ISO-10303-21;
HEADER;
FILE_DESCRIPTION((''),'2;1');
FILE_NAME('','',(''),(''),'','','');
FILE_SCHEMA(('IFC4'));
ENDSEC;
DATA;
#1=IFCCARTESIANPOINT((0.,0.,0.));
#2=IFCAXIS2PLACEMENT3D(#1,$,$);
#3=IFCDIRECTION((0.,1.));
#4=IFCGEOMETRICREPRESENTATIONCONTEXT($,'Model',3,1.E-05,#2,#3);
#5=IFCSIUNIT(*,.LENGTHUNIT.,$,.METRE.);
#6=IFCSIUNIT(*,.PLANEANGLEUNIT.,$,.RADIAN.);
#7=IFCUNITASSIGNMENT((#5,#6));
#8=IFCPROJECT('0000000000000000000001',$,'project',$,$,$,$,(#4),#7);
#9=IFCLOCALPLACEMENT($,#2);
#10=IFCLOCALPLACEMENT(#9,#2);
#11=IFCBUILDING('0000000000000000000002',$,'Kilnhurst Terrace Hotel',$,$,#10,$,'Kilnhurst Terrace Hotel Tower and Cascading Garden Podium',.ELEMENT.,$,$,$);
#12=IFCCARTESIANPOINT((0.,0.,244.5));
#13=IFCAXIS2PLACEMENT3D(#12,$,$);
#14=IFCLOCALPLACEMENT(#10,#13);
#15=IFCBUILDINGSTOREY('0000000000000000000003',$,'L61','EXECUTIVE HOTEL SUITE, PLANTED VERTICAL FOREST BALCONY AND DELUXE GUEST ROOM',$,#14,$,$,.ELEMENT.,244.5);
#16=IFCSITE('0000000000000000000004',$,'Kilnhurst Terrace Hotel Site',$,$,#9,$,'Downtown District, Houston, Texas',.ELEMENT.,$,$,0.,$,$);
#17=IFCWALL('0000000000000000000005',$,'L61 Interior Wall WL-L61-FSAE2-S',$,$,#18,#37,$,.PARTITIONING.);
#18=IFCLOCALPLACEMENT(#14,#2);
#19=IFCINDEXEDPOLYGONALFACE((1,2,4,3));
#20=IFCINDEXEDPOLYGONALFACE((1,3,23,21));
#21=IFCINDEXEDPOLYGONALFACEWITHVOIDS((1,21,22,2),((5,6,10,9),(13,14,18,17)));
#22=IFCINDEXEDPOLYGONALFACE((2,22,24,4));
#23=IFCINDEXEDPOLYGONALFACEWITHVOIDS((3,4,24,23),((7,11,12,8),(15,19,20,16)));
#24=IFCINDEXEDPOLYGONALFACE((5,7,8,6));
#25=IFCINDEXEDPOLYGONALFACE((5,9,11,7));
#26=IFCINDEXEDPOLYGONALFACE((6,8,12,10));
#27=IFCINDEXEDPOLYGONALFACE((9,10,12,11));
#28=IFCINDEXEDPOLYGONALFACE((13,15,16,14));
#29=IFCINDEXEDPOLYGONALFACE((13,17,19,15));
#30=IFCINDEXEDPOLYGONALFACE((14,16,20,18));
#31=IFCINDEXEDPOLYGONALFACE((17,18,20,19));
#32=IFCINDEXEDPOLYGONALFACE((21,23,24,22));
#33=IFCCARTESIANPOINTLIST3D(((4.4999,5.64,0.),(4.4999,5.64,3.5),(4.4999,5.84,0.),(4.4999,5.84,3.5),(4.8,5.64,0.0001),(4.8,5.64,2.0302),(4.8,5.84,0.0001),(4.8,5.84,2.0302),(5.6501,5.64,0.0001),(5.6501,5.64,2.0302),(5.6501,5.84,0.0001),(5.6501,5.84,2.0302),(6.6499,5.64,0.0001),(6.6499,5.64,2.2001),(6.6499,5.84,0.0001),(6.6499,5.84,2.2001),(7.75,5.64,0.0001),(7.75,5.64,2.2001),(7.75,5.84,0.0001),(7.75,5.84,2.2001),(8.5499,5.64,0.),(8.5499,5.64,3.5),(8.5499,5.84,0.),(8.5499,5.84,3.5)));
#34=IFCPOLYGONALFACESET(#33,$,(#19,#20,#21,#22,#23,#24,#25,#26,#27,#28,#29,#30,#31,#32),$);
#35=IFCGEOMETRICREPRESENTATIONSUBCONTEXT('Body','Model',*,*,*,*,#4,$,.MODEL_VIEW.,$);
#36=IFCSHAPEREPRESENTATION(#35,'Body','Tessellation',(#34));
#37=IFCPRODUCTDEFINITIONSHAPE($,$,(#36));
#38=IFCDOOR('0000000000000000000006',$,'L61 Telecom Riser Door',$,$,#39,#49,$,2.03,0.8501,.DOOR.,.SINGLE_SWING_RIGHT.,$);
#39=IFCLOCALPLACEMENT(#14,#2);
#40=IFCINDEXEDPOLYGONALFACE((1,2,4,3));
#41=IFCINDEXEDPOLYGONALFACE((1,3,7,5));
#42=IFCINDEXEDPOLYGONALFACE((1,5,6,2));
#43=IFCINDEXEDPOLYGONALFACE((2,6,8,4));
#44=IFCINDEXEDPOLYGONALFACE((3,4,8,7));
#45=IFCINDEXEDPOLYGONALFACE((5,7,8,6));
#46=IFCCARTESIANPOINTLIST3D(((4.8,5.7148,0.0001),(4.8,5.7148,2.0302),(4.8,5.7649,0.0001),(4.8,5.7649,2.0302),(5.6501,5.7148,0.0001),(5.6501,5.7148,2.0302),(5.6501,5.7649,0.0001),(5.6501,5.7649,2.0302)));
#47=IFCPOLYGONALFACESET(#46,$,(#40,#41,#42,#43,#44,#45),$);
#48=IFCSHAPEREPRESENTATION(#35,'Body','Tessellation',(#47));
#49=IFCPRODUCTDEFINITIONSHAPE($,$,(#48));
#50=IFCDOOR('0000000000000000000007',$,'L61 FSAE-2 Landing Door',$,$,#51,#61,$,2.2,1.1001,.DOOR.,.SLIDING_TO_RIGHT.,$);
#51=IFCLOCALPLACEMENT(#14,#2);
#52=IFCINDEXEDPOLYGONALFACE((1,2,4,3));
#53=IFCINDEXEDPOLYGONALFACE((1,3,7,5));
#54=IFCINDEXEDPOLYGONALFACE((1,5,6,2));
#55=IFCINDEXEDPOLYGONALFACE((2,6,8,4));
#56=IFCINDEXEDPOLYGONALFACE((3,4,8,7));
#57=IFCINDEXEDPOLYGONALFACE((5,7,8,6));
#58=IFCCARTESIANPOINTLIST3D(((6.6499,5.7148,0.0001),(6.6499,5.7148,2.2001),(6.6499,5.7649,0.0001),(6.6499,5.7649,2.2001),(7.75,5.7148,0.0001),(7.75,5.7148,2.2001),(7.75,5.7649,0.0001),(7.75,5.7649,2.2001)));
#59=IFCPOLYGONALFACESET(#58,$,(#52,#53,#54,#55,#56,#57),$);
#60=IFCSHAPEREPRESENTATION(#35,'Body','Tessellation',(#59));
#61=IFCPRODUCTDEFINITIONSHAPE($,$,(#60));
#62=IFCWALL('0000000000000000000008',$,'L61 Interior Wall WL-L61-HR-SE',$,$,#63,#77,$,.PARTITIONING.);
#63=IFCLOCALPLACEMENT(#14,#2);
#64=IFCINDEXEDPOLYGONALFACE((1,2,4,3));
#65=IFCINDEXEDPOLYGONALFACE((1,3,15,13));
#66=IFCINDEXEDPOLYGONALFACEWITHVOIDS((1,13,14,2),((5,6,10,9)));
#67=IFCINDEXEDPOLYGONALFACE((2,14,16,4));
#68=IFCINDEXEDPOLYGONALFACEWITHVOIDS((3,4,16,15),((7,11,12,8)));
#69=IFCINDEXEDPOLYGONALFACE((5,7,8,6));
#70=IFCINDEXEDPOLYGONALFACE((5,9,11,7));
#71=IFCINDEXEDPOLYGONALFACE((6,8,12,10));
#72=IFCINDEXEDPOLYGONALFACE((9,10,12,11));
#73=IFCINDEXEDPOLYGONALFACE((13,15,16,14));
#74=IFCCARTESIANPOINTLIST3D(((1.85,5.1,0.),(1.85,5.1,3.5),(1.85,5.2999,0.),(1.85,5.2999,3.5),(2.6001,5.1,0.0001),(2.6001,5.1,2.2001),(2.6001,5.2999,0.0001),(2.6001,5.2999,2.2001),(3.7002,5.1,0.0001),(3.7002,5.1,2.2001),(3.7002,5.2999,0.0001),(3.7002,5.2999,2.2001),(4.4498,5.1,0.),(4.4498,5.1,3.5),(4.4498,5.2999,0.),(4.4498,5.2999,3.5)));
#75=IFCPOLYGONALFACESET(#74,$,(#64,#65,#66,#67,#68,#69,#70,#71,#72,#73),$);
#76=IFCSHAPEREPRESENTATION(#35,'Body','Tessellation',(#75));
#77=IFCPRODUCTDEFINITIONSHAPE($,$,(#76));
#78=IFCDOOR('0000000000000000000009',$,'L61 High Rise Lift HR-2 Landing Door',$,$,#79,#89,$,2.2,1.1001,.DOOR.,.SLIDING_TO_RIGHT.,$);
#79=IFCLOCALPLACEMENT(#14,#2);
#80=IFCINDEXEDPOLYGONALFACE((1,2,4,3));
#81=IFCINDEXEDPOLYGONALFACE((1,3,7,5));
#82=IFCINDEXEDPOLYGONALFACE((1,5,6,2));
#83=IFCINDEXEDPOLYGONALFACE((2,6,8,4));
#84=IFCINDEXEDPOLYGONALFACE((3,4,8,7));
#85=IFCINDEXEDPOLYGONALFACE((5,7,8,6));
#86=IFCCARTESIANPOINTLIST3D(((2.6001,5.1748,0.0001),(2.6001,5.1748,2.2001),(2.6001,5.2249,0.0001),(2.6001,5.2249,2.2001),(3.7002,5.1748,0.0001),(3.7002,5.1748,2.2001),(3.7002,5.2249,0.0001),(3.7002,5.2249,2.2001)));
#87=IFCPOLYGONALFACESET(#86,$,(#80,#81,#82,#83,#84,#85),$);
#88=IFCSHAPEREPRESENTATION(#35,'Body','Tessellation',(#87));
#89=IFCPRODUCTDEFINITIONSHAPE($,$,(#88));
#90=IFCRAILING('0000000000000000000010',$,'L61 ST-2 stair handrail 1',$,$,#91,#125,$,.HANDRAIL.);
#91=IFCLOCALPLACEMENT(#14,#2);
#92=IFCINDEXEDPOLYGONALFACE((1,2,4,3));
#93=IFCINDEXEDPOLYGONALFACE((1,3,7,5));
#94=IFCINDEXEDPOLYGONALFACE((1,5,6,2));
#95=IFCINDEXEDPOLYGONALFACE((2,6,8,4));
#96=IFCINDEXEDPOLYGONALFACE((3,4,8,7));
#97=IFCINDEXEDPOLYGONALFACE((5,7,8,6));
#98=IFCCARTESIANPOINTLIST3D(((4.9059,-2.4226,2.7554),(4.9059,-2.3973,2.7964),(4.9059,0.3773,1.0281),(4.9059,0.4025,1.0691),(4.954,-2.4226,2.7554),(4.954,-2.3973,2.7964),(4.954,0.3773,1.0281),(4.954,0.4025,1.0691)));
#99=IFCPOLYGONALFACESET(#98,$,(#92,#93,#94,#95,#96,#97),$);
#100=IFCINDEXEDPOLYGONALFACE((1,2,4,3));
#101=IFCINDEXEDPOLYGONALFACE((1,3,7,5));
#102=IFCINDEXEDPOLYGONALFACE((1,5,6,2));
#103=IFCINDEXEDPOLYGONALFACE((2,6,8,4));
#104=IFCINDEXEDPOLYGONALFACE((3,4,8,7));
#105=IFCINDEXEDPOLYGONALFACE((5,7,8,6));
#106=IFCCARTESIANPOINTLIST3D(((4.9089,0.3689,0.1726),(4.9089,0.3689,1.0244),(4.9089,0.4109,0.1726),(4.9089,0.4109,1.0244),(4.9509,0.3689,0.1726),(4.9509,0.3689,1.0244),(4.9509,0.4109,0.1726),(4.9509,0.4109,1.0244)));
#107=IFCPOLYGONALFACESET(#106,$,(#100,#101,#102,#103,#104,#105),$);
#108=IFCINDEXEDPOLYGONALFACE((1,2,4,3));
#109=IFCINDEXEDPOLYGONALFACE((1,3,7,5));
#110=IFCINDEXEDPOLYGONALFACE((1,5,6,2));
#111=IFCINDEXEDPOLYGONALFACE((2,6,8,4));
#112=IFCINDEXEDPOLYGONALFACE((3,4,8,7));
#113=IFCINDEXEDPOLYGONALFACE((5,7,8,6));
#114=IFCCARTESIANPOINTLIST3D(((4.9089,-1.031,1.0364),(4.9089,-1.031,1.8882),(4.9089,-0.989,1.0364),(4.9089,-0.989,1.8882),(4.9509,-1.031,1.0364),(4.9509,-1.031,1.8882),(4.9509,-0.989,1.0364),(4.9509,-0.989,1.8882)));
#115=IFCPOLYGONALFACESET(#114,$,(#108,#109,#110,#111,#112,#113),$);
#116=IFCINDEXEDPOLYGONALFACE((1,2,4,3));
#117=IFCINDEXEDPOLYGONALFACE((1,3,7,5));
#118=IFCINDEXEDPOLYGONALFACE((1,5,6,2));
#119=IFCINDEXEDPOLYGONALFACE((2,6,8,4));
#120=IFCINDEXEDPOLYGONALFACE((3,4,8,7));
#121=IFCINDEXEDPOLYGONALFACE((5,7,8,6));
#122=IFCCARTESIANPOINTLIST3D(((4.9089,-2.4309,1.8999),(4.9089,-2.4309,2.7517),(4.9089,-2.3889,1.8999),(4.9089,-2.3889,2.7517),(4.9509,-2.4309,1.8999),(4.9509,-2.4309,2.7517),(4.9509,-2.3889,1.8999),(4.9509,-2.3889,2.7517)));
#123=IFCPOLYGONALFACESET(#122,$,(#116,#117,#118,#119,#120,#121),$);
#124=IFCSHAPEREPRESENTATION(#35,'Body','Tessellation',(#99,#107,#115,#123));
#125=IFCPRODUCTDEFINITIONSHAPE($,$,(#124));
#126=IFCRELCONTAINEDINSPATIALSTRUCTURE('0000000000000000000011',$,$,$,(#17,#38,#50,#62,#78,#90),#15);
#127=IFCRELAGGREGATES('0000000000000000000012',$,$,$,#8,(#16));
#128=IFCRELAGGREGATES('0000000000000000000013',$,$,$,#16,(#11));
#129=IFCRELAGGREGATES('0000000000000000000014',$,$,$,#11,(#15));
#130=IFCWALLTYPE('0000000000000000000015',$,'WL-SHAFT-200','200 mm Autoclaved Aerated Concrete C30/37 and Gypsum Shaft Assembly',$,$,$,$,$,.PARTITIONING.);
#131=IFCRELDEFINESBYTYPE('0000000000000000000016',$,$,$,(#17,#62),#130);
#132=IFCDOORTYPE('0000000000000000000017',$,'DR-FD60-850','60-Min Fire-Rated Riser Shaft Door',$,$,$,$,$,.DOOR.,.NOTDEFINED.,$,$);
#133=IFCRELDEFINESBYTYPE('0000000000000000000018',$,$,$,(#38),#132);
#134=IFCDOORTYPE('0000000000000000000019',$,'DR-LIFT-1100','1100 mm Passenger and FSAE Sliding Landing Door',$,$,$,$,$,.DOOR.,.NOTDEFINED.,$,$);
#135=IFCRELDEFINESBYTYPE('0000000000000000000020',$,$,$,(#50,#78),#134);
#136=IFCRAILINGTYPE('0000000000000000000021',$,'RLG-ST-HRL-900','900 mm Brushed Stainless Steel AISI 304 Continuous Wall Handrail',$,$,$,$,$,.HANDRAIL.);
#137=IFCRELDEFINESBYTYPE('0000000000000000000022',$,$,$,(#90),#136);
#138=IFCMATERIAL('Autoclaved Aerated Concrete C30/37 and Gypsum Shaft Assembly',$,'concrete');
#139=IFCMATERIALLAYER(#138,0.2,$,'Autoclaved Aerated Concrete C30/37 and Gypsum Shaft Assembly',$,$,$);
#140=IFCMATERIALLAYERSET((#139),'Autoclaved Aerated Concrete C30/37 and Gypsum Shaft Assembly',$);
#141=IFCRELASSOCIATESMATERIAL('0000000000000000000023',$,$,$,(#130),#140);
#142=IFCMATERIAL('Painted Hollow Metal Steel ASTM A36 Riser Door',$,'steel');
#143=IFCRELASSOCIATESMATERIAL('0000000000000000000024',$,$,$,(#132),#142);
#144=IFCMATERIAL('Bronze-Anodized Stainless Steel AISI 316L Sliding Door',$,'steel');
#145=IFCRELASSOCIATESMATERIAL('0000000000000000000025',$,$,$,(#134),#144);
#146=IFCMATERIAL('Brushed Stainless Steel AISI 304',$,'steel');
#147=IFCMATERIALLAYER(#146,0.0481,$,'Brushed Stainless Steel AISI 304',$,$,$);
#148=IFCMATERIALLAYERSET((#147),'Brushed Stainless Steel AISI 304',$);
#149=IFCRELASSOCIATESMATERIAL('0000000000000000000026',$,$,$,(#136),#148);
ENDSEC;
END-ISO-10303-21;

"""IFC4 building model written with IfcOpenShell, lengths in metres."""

from ifc_helpers import new_model, si_unit, direction, frame, frame_2d, origin, origin_2d, place, context, subcontext, project, spatial, rectangle, extrude, material, layer, layer_set, type_object, element, fill, save


model = new_model("IFC4")

# Units and contexts
model_context = context("Model", 3, precision=1e-05, world=origin(), true_north=direction((0.0, 1.0)))
body_context = subcontext(model_context, "Body", "Model", "MODEL_VIEW")
ifc_project = project(units=[si_unit("LENGTHUNIT", "METRE"), si_unit("PLANEANGLEUNIT", "RADIAN")], contexts=[model_context])

# Site, building, storey
site_placement = place(None, origin())
site = spatial("IfcSite", under=ifc_project, at=site_placement, Name="Kilnhurst Terrace Hotel Site", LongName="Downtown District, Houston, Texas", CompositionType="ELEMENT", RefElevation=0.0)
building_placement = place(site_placement, origin())
building = spatial("IfcBuilding", under=site, at=building_placement, Name="Kilnhurst Terrace Hotel", LongName="Kilnhurst Terrace Hotel Tower and Cascading Garden Podium", CompositionType="ELEMENT")
storey_placement = place(building_placement, frame((0.0, 0.0, 244.5)))
storey = spatial("IfcBuildingStorey", under=building, at=storey_placement, Name="L61", Description="EXECUTIVE HOTEL SUITE, PLANTED VERTICAL FOREST BALCONY AND DELUXE GUEST ROOM", CompositionType="ELEMENT", Elevation=244.5)

# Wall, openings, doors
ifc_material_1 = material(Name="Autoclaved Aerated Concrete C30/37 and Gypsum Shaft Assembly", Category="concrete")
ifc_layer_1 = layer(ifc_material_1, 0.2, Name="Autoclaved Aerated Concrete C30/37 and Gypsum Shaft Assembly")
ifc_layer_set_1 = layer_set([ifc_layer_1], Name="Autoclaved Aerated Concrete C30/37 and Gypsum Shaft Assembly")
wall_type_1 = type_object("IfcWallType", Name="WL-SHAFT-200", Description="200 mm Autoclaved Aerated Concrete C30/37 and Gypsum Shaft Assembly", PredefinedType="PARTITIONING", material=ifc_layer_set_1)
wall_1_placement = place(storey_placement, frame((4.5, 5.74, 0.0), z_axis=(0.0, 0.0, 1.0), x_axis=(1.0, 0.0, 0.0)))
wall_1 = element("IfcWall", 1, at=wall_1_placement, inside=storey, type_object=wall_type_1, Name="L61 Interior Wall WL-L61-FSAE2-S", PredefinedType="PARTITIONING", context=body_context, shape_type="SweptSolid", body=[
    extrude(rectangle(XDim=4.05, YDim=0.2, at=frame_2d((2.0249, 0.0))), origin(), (0.0, 0.0, 1.0), 3.5),
])
opening_1_placement = place(wall_1_placement, frame((0.3, 0.0, 0.0)))
opening_1 = element("IfcOpeningElement", 2, at=opening_1_placement, cuts=wall_1, PredefinedType="OPENING", context=body_context, shape_type="SweptSolid", body=[
    extrude(rectangle(XDim=0.8501, YDim=2.03, at=frame_2d((0.425, 1.0151))), frame((0.0, 0.1099, 0.0), z_axis=(0.0, -1.0, 0.0), x_axis=(1.0, 0.0, 0.0)), (0.0, 0.0, 1.0), 0.22),
])
opening_2_placement = place(wall_1_placement, frame((2.1499, 0.0, 0.0)))
opening_2 = element("IfcOpeningElement", 3, at=opening_2_placement, cuts=wall_1, PredefinedType="OPENING", context=body_context, shape_type="SweptSolid", body=[
    extrude(rectangle(XDim=1.1001, YDim=2.2, at=frame_2d((0.55, 1.1001))), frame((0.0, 0.1099, 0.0), z_axis=(0.0, -1.0, 0.0), x_axis=(1.0, 0.0, 0.0)), (0.0, 0.0, 1.0), 0.22),
])
ifc_material_2 = material(Name="Painted Hollow Metal Steel ASTM A36 Riser Door", Category="steel")
door_type_1 = type_object("IfcDoorType", Name="DR-FD60-850", Description="60-Min Fire-Rated Riser Shaft Door", OperationType="NOTDEFINED", PredefinedType="DOOR", material=ifc_material_2)
door_1_placement = place(opening_1_placement, origin())
door_1 = element("IfcDoor", 4, at=door_1_placement, inside=storey, type_object=door_type_1, Name="L61 Telecom Riser Door", OperationType="SINGLE_SWING_RIGHT", OverallHeight=2.03, OverallWidth=0.8501, PredefinedType="DOOR", context=body_context, shape_type="SweptSolid", body=[
    extrude(rectangle(XDim=0.8501, YDim=2.03, at=frame_2d((0.425, 1.0151))), frame((0.0, 0.0249, 0.0), z_axis=(0.0, -1.0, 0.0), x_axis=(1.0, 0.0, 0.0)), (0.0, 0.0, 1.0), 0.05),
])
fill(opening_1, door_1)
ifc_material_3 = material(Name="Bronze-Anodized Stainless Steel AISI 316L Sliding Door", Category="steel")
door_type_2 = type_object("IfcDoorType", Name="DR-LIFT-1100", Description="1100 mm Passenger and FSAE Sliding Landing Door", OperationType="NOTDEFINED", PredefinedType="DOOR", material=ifc_material_3)
door_2_placement = place(opening_2_placement, origin())
door_2 = element("IfcDoor", 5, at=door_2_placement, inside=storey, type_object=door_type_2, Name="L61 FSAE-2 Landing Door", OperationType="SLIDING_TO_RIGHT", OverallHeight=2.2, OverallWidth=1.1001, PredefinedType="DOOR", context=body_context, shape_type="SweptSolid", body=[
    extrude(rectangle(XDim=1.1001, YDim=2.2, at=frame_2d((0.55, 1.1001))), frame((0.0, 0.0249, 0.0), z_axis=(0.0, -1.0, 0.0), x_axis=(1.0, 0.0, 0.0)), (0.0, 0.0, 1.0), 0.05),
])
fill(opening_2, door_2)

# Wall, opening, door
wall_2_placement = place(storey_placement, frame((1.8501, 5.2, 0.0), z_axis=(0.0, 0.0, 1.0), x_axis=(1.0, 0.0, 0.0)))
wall_2 = element("IfcWall", 6, at=wall_2_placement, inside=storey, type_object=wall_type_1, Name="L61 Interior Wall WL-L61-HR-SE", PredefinedType="PARTITIONING", context=body_context, shape_type="SweptSolid", body=[
    extrude(rectangle(XDim=2.5999, YDim=0.2, at=frame_2d((1.2998, 0.0))), origin(), (0.0, 0.0, 1.0), 3.5),
])
opening_3_placement = place(wall_2_placement, frame((0.75, 0.0, 0.0)))
opening_3 = element("IfcOpeningElement", 7, at=opening_3_placement, cuts=wall_2, PredefinedType="OPENING", context=body_context, shape_type="SweptSolid", body=[
    extrude(rectangle(XDim=1.1001, YDim=2.2, at=frame_2d((0.55, 1.1001))), frame((0.0, 0.1099, 0.0), z_axis=(0.0, -1.0, 0.0), x_axis=(1.0, 0.0, 0.0)), (0.0, 0.0, 1.0), 0.22),
])
door_3_placement = place(opening_3_placement, origin())
door_3 = element("IfcDoor", 8, at=door_3_placement, inside=storey, type_object=door_type_2, Name="L61 High Rise Lift HR-2 Landing Door", OperationType="SLIDING_TO_RIGHT", OverallHeight=2.2, OverallWidth=1.1001, PredefinedType="DOOR", context=body_context, shape_type="SweptSolid", body=[
    extrude(rectangle(XDim=1.1001, YDim=2.2, at=frame_2d((0.55, 1.1001))), frame((0.0, 0.0249, 0.0), z_axis=(0.0, -1.0, 0.0), x_axis=(1.0, 0.0, 0.0)), (0.0, 0.0, 1.0), 0.05),
])
fill(opening_3, door_3)

# Railing
ifc_material_4 = material(Name="Brushed Stainless Steel AISI 304", Category="steel")
ifc_layer_2 = layer(ifc_material_4, 0.0481, Name="Brushed Stainless Steel AISI 304")
ifc_layer_set_2 = layer_set([ifc_layer_2], Name="Brushed Stainless Steel AISI 304")
railing_type = type_object("IfcRailingType", Name="RLG-ST-HRL-900", Description="900 mm Brushed Stainless Steel AISI 304 Continuous Wall Handrail", PredefinedType="HANDRAIL", material=ifc_layer_set_2)
railing_placement = place(storey_placement, frame((4.9299, 0.3899, 0.1726)))
element("IfcRailing", 9, at=railing_placement, inside=storey, type_object=railing_type, Name="L61 ST-2 stair handrail 1", PredefinedType="HANDRAIL", context=body_context, shape_type="SweptSolid", body=[
    extrude(rectangle(XDim=0.0481, YDim=0.0481, at=origin_2d()), frame((0.0, 0.0, 0.876), z_axis=(0.0, -0.851069, 0.525054), x_axis=(1.0, 0.0, 0.0)), (0.0, 0.0, 1.0), 3.2898),
    extrude(rectangle(XDim=0.042, YDim=0.042, at=origin_2d()), origin(), (0.0, 0.0, 1.0), 0.8518),
    extrude(rectangle(XDim=0.042, YDim=0.042, at=origin_2d()), frame((0.0, -1.3999, 0.8638)), (0.0, 0.0, 1.0), 0.8518),
    extrude(rectangle(XDim=0.042, YDim=0.042, at=origin_2d()), frame((0.0, -2.7998, 1.7273)), (0.0, 0.0, 1.0), 0.8518),
])

save(model, "model.ifc")
